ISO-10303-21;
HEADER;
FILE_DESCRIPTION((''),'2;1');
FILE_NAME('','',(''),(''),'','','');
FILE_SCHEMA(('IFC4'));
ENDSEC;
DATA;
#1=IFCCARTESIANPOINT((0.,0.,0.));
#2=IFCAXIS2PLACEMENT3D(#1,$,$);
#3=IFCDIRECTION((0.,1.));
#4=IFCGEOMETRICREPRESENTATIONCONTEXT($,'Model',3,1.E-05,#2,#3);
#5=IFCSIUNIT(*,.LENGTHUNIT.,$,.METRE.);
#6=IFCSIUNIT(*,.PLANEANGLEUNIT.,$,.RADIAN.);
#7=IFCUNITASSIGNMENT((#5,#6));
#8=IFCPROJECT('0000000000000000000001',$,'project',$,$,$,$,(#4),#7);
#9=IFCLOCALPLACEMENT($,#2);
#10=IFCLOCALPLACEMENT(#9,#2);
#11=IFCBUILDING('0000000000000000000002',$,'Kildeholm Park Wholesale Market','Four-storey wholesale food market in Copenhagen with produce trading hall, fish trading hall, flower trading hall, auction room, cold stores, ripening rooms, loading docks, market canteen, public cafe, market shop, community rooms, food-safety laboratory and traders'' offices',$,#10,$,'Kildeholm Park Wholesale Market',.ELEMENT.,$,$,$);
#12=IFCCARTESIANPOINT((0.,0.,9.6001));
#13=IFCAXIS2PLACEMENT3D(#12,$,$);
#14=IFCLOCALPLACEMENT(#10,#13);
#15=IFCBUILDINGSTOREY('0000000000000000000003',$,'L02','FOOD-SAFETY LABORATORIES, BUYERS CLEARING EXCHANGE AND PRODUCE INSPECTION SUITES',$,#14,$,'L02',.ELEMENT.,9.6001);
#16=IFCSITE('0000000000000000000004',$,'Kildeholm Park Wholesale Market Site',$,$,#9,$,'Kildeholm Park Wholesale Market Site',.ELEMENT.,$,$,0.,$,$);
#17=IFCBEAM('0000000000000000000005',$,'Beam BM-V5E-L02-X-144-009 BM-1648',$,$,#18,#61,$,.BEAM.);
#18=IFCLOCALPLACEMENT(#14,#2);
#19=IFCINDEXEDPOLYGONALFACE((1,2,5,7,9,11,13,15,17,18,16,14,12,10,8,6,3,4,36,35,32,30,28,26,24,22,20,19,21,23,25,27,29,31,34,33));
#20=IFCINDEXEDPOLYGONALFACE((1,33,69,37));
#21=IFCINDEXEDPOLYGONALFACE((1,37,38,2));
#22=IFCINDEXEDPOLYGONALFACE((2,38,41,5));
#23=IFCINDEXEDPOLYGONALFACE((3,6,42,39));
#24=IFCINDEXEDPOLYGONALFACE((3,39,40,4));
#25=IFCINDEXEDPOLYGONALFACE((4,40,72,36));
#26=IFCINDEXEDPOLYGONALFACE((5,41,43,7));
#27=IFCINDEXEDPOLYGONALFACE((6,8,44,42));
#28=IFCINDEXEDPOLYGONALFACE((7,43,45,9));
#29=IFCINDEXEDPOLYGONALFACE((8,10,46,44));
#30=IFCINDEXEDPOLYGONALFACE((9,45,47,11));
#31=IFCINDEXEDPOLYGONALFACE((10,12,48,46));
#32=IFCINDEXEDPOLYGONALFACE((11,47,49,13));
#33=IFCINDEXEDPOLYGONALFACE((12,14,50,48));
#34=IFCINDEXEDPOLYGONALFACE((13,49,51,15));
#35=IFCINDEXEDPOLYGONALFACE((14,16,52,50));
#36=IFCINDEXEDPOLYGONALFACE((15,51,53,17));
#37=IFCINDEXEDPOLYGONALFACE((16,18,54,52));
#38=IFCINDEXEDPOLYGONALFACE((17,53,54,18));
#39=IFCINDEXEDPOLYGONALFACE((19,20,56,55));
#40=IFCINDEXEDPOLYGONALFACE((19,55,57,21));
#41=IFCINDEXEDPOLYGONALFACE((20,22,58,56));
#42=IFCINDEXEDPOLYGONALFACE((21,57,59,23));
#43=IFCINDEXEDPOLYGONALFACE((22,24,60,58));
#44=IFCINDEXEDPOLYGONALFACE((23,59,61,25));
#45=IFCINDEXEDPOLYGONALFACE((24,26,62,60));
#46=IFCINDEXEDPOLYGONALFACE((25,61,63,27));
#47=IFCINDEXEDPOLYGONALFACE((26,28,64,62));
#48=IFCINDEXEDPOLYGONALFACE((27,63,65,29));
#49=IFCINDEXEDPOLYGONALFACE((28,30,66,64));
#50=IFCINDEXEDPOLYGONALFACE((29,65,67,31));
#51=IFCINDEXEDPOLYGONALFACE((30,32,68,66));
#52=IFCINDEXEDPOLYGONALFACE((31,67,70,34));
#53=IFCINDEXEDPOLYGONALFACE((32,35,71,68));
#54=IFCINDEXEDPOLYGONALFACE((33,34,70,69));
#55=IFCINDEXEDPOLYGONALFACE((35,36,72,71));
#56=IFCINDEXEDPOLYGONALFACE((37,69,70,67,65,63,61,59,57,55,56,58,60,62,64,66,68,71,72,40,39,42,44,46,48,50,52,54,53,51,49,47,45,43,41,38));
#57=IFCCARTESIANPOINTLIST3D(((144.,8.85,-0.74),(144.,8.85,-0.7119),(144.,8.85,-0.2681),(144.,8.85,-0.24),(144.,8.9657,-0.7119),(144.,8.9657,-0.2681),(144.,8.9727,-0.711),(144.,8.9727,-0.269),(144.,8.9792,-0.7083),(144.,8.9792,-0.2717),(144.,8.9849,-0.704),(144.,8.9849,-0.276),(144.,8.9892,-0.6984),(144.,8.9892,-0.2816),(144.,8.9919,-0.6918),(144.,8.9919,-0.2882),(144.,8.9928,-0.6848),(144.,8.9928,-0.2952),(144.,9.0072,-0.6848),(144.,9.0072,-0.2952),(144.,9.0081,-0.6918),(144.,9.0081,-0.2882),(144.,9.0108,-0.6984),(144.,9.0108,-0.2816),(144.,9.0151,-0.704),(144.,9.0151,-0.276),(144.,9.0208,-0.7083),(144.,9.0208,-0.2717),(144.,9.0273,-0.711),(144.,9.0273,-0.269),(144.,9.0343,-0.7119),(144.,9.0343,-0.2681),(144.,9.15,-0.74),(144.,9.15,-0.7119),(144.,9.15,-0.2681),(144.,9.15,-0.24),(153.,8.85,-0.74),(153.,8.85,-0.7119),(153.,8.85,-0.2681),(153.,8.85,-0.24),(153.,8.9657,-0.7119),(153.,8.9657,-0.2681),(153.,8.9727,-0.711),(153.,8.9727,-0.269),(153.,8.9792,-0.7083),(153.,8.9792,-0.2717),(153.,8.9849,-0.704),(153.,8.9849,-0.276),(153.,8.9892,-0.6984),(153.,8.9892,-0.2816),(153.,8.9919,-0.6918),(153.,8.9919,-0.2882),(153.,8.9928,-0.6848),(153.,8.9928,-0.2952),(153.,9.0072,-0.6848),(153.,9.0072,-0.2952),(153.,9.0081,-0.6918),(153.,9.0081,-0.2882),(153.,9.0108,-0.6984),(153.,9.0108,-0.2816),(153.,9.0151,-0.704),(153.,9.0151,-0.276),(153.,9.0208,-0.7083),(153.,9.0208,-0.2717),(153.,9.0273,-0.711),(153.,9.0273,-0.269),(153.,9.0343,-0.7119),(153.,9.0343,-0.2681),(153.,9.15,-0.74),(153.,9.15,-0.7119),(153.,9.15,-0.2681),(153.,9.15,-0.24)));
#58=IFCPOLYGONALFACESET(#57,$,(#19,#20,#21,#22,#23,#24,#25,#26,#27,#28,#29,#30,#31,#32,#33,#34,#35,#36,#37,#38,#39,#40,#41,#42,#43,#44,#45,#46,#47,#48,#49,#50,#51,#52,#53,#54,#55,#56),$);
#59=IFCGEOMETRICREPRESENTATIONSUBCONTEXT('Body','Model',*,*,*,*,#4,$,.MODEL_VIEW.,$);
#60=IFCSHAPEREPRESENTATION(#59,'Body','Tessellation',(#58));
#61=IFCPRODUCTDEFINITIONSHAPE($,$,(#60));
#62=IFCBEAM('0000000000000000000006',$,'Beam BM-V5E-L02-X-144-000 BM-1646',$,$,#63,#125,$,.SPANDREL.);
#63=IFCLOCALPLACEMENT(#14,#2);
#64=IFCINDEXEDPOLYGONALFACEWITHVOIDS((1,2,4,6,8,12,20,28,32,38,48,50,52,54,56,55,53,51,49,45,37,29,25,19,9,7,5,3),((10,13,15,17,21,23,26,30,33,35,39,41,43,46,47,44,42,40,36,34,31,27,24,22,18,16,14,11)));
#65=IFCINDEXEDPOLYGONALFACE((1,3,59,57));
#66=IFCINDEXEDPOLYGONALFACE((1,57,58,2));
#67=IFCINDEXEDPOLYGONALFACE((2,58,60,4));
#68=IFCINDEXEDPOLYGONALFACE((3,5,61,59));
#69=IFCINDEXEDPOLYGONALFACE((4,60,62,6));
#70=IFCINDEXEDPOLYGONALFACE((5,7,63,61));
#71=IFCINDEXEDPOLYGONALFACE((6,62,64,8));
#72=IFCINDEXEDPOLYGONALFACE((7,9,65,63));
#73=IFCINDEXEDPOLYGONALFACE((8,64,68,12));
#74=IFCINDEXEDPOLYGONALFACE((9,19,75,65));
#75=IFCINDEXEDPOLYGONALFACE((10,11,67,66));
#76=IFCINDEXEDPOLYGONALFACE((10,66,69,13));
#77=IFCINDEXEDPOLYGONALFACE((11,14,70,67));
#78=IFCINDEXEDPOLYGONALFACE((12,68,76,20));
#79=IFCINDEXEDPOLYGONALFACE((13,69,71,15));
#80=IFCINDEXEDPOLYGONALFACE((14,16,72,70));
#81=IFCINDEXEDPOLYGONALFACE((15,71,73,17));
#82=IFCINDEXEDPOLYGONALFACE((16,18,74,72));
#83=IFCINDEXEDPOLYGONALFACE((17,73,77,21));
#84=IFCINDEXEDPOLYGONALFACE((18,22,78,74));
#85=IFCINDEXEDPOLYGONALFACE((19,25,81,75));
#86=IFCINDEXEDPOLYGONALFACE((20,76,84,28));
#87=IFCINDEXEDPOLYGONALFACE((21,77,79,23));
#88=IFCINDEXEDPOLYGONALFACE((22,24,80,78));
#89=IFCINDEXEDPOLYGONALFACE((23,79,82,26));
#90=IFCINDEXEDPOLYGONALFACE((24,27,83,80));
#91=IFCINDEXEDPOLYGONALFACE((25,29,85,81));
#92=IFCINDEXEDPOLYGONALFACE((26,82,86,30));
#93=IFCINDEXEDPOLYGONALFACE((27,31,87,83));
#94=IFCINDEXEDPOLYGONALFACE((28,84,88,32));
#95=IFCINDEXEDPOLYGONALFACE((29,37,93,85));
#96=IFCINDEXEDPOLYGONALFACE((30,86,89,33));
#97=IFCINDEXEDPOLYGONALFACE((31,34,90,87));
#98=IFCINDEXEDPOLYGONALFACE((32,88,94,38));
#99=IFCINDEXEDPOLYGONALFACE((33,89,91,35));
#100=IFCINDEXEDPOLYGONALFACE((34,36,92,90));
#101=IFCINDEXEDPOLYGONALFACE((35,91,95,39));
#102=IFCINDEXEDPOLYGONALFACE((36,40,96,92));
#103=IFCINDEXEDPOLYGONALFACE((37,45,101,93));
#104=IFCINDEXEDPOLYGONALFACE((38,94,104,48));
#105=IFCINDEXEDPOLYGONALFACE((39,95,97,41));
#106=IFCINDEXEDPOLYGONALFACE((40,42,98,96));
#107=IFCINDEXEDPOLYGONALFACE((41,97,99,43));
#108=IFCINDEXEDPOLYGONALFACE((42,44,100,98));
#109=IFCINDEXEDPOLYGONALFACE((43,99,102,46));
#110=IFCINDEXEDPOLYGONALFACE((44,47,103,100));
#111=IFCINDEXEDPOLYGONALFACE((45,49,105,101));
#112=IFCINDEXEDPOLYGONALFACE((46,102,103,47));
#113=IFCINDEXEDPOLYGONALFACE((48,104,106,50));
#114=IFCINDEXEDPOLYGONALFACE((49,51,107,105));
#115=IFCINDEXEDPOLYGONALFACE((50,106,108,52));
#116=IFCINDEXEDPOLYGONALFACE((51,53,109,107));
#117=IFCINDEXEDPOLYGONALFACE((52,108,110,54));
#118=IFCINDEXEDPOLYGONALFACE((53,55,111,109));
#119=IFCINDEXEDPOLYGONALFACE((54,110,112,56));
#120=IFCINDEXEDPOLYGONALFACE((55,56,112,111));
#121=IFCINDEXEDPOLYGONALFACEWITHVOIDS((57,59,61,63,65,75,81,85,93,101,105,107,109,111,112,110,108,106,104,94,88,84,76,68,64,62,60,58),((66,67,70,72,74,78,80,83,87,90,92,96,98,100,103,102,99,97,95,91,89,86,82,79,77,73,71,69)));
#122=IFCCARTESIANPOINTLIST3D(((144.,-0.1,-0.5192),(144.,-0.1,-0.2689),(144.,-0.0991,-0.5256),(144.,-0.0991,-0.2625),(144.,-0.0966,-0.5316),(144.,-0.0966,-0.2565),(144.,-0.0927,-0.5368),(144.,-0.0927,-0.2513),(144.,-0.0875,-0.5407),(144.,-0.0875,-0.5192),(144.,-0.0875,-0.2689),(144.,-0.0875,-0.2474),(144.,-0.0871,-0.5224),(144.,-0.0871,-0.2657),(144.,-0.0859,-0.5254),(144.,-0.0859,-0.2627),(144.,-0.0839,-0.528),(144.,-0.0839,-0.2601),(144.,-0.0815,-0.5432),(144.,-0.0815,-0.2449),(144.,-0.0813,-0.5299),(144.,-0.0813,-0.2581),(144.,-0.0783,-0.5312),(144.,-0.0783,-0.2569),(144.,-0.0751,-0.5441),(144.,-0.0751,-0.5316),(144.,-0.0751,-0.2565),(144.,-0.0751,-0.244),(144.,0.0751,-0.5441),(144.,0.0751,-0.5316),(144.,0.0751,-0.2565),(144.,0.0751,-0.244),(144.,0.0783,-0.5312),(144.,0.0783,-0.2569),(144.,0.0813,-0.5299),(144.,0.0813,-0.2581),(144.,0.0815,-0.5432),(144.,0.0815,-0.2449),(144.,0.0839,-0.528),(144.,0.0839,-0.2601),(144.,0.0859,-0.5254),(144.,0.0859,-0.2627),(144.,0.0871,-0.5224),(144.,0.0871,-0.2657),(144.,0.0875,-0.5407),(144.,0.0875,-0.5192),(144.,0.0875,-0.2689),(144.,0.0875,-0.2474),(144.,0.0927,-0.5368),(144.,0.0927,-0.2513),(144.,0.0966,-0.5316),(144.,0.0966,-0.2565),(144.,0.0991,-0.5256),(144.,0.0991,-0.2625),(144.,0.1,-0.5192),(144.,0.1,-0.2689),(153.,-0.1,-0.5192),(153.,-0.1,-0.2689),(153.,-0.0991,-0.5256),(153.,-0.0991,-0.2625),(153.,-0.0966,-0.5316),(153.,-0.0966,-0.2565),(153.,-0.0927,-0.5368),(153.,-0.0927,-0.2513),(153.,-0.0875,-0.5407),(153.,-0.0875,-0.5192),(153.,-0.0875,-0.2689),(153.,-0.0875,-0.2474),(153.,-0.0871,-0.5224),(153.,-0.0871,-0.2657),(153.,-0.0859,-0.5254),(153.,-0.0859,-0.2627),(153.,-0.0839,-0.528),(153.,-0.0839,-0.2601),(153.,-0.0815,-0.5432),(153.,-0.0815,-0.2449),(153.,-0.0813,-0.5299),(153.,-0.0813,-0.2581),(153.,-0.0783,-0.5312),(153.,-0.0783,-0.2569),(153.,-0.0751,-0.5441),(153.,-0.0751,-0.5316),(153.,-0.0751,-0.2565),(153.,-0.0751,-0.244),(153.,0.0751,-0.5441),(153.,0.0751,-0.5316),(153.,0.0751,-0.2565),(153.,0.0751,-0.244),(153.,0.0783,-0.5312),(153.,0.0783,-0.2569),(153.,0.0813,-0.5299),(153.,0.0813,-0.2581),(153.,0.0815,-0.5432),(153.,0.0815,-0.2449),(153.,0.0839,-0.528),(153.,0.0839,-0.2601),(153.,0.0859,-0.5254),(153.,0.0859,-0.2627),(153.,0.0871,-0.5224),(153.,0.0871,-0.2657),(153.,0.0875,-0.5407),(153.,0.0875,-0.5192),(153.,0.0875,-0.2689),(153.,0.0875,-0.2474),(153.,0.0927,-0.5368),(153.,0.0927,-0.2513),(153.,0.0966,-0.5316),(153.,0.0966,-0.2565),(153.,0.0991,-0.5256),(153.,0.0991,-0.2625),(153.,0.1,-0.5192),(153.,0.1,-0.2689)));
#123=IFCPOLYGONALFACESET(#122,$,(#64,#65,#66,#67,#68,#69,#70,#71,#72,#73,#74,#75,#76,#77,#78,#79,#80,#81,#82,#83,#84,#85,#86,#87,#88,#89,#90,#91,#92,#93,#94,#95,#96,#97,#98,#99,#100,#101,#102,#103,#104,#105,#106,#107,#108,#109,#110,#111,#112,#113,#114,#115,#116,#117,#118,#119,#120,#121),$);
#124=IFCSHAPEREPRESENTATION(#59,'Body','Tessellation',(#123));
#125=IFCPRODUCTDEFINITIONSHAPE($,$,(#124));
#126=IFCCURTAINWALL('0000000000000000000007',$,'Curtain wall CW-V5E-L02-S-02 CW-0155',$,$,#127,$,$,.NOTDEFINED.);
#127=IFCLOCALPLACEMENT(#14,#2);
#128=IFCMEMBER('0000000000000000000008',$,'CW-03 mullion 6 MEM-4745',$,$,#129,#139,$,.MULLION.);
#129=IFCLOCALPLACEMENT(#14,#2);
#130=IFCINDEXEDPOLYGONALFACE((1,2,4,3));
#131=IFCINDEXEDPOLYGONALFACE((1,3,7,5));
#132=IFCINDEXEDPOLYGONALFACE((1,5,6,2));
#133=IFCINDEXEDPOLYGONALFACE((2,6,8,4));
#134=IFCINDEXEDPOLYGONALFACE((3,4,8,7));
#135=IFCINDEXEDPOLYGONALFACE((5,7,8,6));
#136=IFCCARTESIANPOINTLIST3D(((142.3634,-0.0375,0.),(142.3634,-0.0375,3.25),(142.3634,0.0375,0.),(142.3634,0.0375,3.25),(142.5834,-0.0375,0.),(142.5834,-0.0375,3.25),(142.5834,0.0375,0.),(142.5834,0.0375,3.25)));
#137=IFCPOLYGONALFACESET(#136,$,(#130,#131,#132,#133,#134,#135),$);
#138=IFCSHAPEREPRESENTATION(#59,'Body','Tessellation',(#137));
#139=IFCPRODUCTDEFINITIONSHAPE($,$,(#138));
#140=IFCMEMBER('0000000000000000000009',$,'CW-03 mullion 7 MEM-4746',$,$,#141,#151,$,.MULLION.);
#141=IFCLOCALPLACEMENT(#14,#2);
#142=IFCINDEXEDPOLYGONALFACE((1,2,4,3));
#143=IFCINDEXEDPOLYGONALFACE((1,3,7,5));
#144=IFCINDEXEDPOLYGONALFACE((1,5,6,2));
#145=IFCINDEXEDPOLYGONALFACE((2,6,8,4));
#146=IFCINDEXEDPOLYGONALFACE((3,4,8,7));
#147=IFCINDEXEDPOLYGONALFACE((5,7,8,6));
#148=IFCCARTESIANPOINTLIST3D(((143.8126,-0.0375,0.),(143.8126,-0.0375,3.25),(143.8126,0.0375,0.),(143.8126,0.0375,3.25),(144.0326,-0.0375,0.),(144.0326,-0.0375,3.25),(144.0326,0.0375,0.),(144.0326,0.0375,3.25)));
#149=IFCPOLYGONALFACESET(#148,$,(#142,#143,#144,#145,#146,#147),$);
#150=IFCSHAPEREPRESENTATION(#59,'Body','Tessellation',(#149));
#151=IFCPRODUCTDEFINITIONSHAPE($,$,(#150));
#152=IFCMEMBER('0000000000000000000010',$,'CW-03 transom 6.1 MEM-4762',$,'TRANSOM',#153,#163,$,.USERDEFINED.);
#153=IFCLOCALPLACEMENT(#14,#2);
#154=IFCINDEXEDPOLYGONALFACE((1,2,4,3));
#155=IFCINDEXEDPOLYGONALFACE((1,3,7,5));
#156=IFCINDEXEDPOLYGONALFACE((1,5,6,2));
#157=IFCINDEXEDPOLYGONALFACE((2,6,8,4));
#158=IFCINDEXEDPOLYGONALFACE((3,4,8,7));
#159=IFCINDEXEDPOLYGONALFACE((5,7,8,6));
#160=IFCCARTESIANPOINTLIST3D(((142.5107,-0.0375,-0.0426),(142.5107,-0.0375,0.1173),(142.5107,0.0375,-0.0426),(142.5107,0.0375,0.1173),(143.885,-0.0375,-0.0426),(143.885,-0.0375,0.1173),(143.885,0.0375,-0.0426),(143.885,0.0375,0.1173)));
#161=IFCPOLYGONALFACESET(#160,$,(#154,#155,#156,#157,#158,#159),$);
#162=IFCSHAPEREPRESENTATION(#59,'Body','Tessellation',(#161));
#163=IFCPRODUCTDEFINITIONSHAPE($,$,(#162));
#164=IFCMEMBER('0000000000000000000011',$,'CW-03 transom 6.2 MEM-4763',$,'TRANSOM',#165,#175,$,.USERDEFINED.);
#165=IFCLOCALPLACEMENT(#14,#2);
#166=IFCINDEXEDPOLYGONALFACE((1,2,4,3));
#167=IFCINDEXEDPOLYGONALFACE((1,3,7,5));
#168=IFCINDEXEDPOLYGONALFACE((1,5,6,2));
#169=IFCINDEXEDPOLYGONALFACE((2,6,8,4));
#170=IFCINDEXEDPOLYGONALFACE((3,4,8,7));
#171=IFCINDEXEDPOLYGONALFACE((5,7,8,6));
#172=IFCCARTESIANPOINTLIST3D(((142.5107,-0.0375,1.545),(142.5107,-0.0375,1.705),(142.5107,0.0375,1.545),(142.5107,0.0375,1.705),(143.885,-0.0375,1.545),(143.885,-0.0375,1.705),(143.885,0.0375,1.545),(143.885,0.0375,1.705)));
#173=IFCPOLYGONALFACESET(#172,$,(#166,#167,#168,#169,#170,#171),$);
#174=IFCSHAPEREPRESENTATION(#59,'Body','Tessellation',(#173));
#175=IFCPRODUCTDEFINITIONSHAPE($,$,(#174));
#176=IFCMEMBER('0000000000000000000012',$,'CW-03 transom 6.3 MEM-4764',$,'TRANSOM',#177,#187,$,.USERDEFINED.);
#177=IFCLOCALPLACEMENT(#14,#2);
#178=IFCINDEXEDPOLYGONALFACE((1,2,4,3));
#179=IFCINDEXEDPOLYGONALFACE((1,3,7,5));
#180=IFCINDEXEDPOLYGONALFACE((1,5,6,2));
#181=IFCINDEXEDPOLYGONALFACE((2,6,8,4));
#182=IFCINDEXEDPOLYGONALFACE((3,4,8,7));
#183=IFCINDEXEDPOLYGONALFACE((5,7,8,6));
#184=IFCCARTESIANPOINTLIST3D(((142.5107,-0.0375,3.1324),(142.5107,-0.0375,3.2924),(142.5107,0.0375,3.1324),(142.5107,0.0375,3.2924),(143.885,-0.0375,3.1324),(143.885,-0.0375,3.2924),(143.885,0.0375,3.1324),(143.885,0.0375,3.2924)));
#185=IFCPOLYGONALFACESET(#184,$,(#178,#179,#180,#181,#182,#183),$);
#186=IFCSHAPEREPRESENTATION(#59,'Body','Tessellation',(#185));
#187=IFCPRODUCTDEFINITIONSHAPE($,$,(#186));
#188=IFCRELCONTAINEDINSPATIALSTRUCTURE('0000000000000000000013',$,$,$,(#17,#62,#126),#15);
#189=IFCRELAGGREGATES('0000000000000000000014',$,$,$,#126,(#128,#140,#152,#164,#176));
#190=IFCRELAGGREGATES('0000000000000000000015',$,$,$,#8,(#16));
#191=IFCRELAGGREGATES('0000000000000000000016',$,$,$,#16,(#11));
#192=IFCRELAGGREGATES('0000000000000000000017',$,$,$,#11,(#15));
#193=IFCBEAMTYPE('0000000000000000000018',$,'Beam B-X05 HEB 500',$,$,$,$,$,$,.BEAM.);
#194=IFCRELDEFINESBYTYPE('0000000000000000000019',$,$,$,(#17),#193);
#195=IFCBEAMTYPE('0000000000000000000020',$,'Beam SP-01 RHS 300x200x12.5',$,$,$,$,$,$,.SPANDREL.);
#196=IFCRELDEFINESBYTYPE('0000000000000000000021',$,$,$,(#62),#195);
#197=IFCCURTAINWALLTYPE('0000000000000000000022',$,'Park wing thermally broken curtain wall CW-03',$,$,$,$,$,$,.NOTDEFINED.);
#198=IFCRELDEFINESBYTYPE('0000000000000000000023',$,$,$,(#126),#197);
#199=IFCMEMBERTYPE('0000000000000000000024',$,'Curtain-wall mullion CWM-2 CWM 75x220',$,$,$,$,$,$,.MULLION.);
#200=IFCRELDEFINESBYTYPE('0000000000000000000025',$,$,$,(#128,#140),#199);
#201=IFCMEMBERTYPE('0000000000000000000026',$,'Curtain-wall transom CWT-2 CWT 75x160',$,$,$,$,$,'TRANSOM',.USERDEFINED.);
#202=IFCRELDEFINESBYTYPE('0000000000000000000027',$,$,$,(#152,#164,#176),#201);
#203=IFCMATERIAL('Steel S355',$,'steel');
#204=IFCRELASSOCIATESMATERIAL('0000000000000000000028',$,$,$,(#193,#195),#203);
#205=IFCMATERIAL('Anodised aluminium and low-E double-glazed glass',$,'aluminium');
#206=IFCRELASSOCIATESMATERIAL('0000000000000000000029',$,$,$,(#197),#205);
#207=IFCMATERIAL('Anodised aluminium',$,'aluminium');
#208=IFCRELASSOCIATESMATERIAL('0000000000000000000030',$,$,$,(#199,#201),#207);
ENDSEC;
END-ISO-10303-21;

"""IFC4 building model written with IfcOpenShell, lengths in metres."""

from ifc_helpers import new_model, si_unit, direction, frame, origin, origin_2d, place, context, subcontext, project, spatial, rectangle, hollow_rectangle, i_section, extrude, material, material_profile, profile_set, type_object, element, aggregate, save


model = new_model("IFC4")

# Units and contexts
model_context = context("Model", 3, precision=1e-05, world=origin(), true_north=direction((0.0, 1.0)))
body_context = subcontext(model_context, "Body", "Model", "MODEL_VIEW")
ifc_project = project(units=[si_unit("LENGTHUNIT", "METRE"), si_unit("PLANEANGLEUNIT", "RADIAN")], contexts=[model_context])

# Site, building, storey
site_placement = place(None, origin())
site = spatial("IfcSite", under=ifc_project, at=site_placement, Name="Kildeholm Park Wholesale Market Site", LongName="Kildeholm Park Wholesale Market Site", CompositionType="ELEMENT", RefElevation=0.0)
building_placement = place(site_placement, origin())
building = spatial("IfcBuilding", under=site, at=building_placement, Name="Kildeholm Park Wholesale Market", Description="Four-storey wholesale food market in Copenhagen with produce trading hall, fish trading hall, flower trading hall, auction room, cold stores, ripening rooms, loading docks, market canteen, public cafe, market shop, community rooms, food-safety laboratory and traders' offices", LongName="Kildeholm Park Wholesale Market", CompositionType="ELEMENT")
storey_placement = place(building_placement, frame((0.0, 0.0, 9.6001)))
storey = spatial("IfcBuildingStorey", under=building, at=storey_placement, Name="L02", Description="FOOD-SAFETY LABORATORIES, BUYERS CLEARING EXCHANGE AND PRODUCE INSPECTION SUITES", LongName="L02", CompositionType="ELEMENT", Elevation=9.6001)

# Shared definitions
ifc_material_1 = material(Name="Steel S355", Category="steel")

# Beams
ifc_material_profile_1 = material_profile(ifc_material_1, i_section(OverallWidth=0.3, OverallDepth=0.5, WebThickness=0.0144, FlangeThickness=0.0281, FilletRadius=0.0271, at=origin_2d()), Name="HEB 500")
ifc_profile_set_1 = profile_set([ifc_material_profile_1], Name="Steel S355")
beam_type_1 = type_object("IfcBeamType", Name="Beam B-X05 HEB 500", PredefinedType="BEAM", material=ifc_profile_set_1)
beam_1_placement = place(storey_placement, frame((144.0, 9.0, -0.49), z_axis=(1.0, 0.0, 0.0), x_axis=(0.0, 1.0, 0.0)))
element("IfcBeam", 1, at=beam_1_placement, inside=storey, type_object=beam_type_1, Name="Beam BM-V5E-L02-X-144-009 BM-1648", PredefinedType="BEAM", context=body_context, shape_type="SweptSolid", body=[
    extrude(i_section(OverallWidth=0.3, OverallDepth=0.5, WebThickness=0.0144, FlangeThickness=0.0281, FilletRadius=0.0271, at=origin_2d()), origin(), (0.0, 0.0, 1.0), 9.0),
])
ifc_material_profile_2 = material_profile(ifc_material_1, hollow_rectangle(XDim=0.2, YDim=0.3, WallThickness=0.0125, InnerFilletRadius=0.0125, OuterFilletRadius=0.0249, at=origin_2d()), Name="RHS 300x200x12.5")
ifc_profile_set_2 = profile_set([ifc_material_profile_2], Name="Steel S355")
beam_type_2 = type_object("IfcBeamType", Name="Beam SP-01 RHS 300x200x12.5", PredefinedType="SPANDREL", material=ifc_profile_set_2)
beam_2_placement = place(storey_placement, frame((144.0, 0.0, -0.394), z_axis=(1.0, 0.0, 0.0), x_axis=(0.0, 1.0, 0.0)))
element("IfcBeam", 2, at=beam_2_placement, inside=storey, type_object=beam_type_2, Name="Beam BM-V5E-L02-X-144-000 BM-1646", PredefinedType="SPANDREL", context=body_context, shape_type="SweptSolid", body=[
    extrude(hollow_rectangle(XDim=0.2, YDim=0.3, WallThickness=0.0125, InnerFilletRadius=0.0125, OuterFilletRadius=0.0249, at=origin_2d()), origin(), (0.0, 0.0, 1.0), 9.0),
])

# Curtain wall, members
ifc_material_2 = material(Name="Anodised aluminium and low-E double-glazed glass", Category="aluminium")
curtain_wall_type = type_object("IfcCurtainWallType", Name="Park wing thermally broken curtain wall CW-03", PredefinedType="NOTDEFINED", material=ifc_material_2)
curtain_wall_placement = place(storey_placement, origin())
curtain_wall = element("IfcCurtainWall", 3, at=curtain_wall_placement, inside=storey, type_object=curtain_wall_type, Name="Curtain wall CW-V5E-L02-S-02 CW-0155", PredefinedType="NOTDEFINED")
ifc_material_3 = material(Name="Anodised aluminium", Category="aluminium")
ifc_material_profile_3 = material_profile(ifc_material_3, rectangle(XDim=0.075, YDim=0.22, at=origin_2d()), Name="CWM 75x220")
ifc_profile_set_3 = profile_set([ifc_material_profile_3], Name="Anodised aluminium")
member_type_1 = type_object("IfcMemberType", Name="Curtain-wall mullion CWM-2 CWM 75x220", PredefinedType="MULLION", material=ifc_profile_set_3)
member_1_placement = place(storey_placement, frame((142.4734, 0.0, 0.0), z_axis=(0.0, 0.0, 1.0), x_axis=(0.0, 1.0, 0.0)))
member_1 = element("IfcMember", 4, at=member_1_placement, type_object=member_type_1, Name="CW-03 mullion 6 MEM-4745", PredefinedType="MULLION", context=body_context, shape_type="SweptSolid", body=[
    extrude(rectangle(XDim=0.075, YDim=0.22, at=origin_2d()), origin(), (0.0, 0.0, 1.0), 3.25),
])
member_2_placement = place(storey_placement, frame((143.9226, 0.0, 0.0), z_axis=(0.0, 0.0, 1.0), x_axis=(0.0, 1.0, 0.0)))
member_2 = element("IfcMember", 5, at=member_2_placement, type_object=member_type_1, Name="CW-03 mullion 7 MEM-4746", PredefinedType="MULLION", context=body_context, shape_type="SweptSolid", body=[
    extrude(rectangle(XDim=0.075, YDim=0.22, at=origin_2d()), origin(), (0.0, 0.0, 1.0), 3.25),
])
ifc_material_profile_4 = material_profile(ifc_material_3, rectangle(XDim=0.075, YDim=0.1599, at=origin_2d()), Name="CWT 75x160")
ifc_profile_set_4 = profile_set([ifc_material_profile_4], Name="Anodised aluminium")
member_type_2 = type_object("IfcMemberType", Name="Curtain-wall transom CWT-2 CWT 75x160", ElementType="TRANSOM", PredefinedType="USERDEFINED", material=ifc_profile_set_4)
member_3_placement = place(storey_placement, frame((142.5107, 0.0, 0.0374), z_axis=(1.0, 0.0, 0.0), x_axis=(0.0, 1.0, 0.0)))
member_3 = element("IfcMember", 6, at=member_3_placement, type_object=member_type_2, Name="CW-03 transom 6.1 MEM-4762", ObjectType="TRANSOM", PredefinedType="USERDEFINED", context=body_context, shape_type="SweptSolid", body=[
    extrude(rectangle(XDim=0.075, YDim=0.1599, at=origin_2d()), origin(), (0.0, 0.0, 1.0), 1.3743),
])
member_4_placement = place(storey_placement, frame((142.5107, 0.0, 1.625), z_axis=(1.0, 0.0, 0.0), x_axis=(0.0, 1.0, 0.0)))
member_4 = element("IfcMember", 7, at=member_4_placement, type_object=member_type_2, Name="CW-03 transom 6.2 MEM-4763", ObjectType="TRANSOM", PredefinedType="USERDEFINED", context=body_context, shape_type="SweptSolid", body=[
    extrude(rectangle(XDim=0.075, YDim=0.1599, at=origin_2d()), origin(), (0.0, 0.0, 1.0), 1.3743),
])
member_5_placement = place(storey_placement, frame((142.5107, 0.0, 3.2124), z_axis=(1.0, 0.0, 0.0), x_axis=(0.0, 1.0, 0.0)))
member_5 = element("IfcMember", 8, at=member_5_placement, type_object=member_type_2, Name="CW-03 transom 6.3 MEM-4764", ObjectType="TRANSOM", PredefinedType="USERDEFINED", context=body_context, shape_type="SweptSolid", body=[
    extrude(rectangle(XDim=0.075, YDim=0.1599, at=origin_2d()), origin(), (0.0, 0.0, 1.0), 1.3743),
])
aggregate(curtain_wall, [member_1, member_2, member_3, member_4, member_5])

save(model, "model.ifc")
